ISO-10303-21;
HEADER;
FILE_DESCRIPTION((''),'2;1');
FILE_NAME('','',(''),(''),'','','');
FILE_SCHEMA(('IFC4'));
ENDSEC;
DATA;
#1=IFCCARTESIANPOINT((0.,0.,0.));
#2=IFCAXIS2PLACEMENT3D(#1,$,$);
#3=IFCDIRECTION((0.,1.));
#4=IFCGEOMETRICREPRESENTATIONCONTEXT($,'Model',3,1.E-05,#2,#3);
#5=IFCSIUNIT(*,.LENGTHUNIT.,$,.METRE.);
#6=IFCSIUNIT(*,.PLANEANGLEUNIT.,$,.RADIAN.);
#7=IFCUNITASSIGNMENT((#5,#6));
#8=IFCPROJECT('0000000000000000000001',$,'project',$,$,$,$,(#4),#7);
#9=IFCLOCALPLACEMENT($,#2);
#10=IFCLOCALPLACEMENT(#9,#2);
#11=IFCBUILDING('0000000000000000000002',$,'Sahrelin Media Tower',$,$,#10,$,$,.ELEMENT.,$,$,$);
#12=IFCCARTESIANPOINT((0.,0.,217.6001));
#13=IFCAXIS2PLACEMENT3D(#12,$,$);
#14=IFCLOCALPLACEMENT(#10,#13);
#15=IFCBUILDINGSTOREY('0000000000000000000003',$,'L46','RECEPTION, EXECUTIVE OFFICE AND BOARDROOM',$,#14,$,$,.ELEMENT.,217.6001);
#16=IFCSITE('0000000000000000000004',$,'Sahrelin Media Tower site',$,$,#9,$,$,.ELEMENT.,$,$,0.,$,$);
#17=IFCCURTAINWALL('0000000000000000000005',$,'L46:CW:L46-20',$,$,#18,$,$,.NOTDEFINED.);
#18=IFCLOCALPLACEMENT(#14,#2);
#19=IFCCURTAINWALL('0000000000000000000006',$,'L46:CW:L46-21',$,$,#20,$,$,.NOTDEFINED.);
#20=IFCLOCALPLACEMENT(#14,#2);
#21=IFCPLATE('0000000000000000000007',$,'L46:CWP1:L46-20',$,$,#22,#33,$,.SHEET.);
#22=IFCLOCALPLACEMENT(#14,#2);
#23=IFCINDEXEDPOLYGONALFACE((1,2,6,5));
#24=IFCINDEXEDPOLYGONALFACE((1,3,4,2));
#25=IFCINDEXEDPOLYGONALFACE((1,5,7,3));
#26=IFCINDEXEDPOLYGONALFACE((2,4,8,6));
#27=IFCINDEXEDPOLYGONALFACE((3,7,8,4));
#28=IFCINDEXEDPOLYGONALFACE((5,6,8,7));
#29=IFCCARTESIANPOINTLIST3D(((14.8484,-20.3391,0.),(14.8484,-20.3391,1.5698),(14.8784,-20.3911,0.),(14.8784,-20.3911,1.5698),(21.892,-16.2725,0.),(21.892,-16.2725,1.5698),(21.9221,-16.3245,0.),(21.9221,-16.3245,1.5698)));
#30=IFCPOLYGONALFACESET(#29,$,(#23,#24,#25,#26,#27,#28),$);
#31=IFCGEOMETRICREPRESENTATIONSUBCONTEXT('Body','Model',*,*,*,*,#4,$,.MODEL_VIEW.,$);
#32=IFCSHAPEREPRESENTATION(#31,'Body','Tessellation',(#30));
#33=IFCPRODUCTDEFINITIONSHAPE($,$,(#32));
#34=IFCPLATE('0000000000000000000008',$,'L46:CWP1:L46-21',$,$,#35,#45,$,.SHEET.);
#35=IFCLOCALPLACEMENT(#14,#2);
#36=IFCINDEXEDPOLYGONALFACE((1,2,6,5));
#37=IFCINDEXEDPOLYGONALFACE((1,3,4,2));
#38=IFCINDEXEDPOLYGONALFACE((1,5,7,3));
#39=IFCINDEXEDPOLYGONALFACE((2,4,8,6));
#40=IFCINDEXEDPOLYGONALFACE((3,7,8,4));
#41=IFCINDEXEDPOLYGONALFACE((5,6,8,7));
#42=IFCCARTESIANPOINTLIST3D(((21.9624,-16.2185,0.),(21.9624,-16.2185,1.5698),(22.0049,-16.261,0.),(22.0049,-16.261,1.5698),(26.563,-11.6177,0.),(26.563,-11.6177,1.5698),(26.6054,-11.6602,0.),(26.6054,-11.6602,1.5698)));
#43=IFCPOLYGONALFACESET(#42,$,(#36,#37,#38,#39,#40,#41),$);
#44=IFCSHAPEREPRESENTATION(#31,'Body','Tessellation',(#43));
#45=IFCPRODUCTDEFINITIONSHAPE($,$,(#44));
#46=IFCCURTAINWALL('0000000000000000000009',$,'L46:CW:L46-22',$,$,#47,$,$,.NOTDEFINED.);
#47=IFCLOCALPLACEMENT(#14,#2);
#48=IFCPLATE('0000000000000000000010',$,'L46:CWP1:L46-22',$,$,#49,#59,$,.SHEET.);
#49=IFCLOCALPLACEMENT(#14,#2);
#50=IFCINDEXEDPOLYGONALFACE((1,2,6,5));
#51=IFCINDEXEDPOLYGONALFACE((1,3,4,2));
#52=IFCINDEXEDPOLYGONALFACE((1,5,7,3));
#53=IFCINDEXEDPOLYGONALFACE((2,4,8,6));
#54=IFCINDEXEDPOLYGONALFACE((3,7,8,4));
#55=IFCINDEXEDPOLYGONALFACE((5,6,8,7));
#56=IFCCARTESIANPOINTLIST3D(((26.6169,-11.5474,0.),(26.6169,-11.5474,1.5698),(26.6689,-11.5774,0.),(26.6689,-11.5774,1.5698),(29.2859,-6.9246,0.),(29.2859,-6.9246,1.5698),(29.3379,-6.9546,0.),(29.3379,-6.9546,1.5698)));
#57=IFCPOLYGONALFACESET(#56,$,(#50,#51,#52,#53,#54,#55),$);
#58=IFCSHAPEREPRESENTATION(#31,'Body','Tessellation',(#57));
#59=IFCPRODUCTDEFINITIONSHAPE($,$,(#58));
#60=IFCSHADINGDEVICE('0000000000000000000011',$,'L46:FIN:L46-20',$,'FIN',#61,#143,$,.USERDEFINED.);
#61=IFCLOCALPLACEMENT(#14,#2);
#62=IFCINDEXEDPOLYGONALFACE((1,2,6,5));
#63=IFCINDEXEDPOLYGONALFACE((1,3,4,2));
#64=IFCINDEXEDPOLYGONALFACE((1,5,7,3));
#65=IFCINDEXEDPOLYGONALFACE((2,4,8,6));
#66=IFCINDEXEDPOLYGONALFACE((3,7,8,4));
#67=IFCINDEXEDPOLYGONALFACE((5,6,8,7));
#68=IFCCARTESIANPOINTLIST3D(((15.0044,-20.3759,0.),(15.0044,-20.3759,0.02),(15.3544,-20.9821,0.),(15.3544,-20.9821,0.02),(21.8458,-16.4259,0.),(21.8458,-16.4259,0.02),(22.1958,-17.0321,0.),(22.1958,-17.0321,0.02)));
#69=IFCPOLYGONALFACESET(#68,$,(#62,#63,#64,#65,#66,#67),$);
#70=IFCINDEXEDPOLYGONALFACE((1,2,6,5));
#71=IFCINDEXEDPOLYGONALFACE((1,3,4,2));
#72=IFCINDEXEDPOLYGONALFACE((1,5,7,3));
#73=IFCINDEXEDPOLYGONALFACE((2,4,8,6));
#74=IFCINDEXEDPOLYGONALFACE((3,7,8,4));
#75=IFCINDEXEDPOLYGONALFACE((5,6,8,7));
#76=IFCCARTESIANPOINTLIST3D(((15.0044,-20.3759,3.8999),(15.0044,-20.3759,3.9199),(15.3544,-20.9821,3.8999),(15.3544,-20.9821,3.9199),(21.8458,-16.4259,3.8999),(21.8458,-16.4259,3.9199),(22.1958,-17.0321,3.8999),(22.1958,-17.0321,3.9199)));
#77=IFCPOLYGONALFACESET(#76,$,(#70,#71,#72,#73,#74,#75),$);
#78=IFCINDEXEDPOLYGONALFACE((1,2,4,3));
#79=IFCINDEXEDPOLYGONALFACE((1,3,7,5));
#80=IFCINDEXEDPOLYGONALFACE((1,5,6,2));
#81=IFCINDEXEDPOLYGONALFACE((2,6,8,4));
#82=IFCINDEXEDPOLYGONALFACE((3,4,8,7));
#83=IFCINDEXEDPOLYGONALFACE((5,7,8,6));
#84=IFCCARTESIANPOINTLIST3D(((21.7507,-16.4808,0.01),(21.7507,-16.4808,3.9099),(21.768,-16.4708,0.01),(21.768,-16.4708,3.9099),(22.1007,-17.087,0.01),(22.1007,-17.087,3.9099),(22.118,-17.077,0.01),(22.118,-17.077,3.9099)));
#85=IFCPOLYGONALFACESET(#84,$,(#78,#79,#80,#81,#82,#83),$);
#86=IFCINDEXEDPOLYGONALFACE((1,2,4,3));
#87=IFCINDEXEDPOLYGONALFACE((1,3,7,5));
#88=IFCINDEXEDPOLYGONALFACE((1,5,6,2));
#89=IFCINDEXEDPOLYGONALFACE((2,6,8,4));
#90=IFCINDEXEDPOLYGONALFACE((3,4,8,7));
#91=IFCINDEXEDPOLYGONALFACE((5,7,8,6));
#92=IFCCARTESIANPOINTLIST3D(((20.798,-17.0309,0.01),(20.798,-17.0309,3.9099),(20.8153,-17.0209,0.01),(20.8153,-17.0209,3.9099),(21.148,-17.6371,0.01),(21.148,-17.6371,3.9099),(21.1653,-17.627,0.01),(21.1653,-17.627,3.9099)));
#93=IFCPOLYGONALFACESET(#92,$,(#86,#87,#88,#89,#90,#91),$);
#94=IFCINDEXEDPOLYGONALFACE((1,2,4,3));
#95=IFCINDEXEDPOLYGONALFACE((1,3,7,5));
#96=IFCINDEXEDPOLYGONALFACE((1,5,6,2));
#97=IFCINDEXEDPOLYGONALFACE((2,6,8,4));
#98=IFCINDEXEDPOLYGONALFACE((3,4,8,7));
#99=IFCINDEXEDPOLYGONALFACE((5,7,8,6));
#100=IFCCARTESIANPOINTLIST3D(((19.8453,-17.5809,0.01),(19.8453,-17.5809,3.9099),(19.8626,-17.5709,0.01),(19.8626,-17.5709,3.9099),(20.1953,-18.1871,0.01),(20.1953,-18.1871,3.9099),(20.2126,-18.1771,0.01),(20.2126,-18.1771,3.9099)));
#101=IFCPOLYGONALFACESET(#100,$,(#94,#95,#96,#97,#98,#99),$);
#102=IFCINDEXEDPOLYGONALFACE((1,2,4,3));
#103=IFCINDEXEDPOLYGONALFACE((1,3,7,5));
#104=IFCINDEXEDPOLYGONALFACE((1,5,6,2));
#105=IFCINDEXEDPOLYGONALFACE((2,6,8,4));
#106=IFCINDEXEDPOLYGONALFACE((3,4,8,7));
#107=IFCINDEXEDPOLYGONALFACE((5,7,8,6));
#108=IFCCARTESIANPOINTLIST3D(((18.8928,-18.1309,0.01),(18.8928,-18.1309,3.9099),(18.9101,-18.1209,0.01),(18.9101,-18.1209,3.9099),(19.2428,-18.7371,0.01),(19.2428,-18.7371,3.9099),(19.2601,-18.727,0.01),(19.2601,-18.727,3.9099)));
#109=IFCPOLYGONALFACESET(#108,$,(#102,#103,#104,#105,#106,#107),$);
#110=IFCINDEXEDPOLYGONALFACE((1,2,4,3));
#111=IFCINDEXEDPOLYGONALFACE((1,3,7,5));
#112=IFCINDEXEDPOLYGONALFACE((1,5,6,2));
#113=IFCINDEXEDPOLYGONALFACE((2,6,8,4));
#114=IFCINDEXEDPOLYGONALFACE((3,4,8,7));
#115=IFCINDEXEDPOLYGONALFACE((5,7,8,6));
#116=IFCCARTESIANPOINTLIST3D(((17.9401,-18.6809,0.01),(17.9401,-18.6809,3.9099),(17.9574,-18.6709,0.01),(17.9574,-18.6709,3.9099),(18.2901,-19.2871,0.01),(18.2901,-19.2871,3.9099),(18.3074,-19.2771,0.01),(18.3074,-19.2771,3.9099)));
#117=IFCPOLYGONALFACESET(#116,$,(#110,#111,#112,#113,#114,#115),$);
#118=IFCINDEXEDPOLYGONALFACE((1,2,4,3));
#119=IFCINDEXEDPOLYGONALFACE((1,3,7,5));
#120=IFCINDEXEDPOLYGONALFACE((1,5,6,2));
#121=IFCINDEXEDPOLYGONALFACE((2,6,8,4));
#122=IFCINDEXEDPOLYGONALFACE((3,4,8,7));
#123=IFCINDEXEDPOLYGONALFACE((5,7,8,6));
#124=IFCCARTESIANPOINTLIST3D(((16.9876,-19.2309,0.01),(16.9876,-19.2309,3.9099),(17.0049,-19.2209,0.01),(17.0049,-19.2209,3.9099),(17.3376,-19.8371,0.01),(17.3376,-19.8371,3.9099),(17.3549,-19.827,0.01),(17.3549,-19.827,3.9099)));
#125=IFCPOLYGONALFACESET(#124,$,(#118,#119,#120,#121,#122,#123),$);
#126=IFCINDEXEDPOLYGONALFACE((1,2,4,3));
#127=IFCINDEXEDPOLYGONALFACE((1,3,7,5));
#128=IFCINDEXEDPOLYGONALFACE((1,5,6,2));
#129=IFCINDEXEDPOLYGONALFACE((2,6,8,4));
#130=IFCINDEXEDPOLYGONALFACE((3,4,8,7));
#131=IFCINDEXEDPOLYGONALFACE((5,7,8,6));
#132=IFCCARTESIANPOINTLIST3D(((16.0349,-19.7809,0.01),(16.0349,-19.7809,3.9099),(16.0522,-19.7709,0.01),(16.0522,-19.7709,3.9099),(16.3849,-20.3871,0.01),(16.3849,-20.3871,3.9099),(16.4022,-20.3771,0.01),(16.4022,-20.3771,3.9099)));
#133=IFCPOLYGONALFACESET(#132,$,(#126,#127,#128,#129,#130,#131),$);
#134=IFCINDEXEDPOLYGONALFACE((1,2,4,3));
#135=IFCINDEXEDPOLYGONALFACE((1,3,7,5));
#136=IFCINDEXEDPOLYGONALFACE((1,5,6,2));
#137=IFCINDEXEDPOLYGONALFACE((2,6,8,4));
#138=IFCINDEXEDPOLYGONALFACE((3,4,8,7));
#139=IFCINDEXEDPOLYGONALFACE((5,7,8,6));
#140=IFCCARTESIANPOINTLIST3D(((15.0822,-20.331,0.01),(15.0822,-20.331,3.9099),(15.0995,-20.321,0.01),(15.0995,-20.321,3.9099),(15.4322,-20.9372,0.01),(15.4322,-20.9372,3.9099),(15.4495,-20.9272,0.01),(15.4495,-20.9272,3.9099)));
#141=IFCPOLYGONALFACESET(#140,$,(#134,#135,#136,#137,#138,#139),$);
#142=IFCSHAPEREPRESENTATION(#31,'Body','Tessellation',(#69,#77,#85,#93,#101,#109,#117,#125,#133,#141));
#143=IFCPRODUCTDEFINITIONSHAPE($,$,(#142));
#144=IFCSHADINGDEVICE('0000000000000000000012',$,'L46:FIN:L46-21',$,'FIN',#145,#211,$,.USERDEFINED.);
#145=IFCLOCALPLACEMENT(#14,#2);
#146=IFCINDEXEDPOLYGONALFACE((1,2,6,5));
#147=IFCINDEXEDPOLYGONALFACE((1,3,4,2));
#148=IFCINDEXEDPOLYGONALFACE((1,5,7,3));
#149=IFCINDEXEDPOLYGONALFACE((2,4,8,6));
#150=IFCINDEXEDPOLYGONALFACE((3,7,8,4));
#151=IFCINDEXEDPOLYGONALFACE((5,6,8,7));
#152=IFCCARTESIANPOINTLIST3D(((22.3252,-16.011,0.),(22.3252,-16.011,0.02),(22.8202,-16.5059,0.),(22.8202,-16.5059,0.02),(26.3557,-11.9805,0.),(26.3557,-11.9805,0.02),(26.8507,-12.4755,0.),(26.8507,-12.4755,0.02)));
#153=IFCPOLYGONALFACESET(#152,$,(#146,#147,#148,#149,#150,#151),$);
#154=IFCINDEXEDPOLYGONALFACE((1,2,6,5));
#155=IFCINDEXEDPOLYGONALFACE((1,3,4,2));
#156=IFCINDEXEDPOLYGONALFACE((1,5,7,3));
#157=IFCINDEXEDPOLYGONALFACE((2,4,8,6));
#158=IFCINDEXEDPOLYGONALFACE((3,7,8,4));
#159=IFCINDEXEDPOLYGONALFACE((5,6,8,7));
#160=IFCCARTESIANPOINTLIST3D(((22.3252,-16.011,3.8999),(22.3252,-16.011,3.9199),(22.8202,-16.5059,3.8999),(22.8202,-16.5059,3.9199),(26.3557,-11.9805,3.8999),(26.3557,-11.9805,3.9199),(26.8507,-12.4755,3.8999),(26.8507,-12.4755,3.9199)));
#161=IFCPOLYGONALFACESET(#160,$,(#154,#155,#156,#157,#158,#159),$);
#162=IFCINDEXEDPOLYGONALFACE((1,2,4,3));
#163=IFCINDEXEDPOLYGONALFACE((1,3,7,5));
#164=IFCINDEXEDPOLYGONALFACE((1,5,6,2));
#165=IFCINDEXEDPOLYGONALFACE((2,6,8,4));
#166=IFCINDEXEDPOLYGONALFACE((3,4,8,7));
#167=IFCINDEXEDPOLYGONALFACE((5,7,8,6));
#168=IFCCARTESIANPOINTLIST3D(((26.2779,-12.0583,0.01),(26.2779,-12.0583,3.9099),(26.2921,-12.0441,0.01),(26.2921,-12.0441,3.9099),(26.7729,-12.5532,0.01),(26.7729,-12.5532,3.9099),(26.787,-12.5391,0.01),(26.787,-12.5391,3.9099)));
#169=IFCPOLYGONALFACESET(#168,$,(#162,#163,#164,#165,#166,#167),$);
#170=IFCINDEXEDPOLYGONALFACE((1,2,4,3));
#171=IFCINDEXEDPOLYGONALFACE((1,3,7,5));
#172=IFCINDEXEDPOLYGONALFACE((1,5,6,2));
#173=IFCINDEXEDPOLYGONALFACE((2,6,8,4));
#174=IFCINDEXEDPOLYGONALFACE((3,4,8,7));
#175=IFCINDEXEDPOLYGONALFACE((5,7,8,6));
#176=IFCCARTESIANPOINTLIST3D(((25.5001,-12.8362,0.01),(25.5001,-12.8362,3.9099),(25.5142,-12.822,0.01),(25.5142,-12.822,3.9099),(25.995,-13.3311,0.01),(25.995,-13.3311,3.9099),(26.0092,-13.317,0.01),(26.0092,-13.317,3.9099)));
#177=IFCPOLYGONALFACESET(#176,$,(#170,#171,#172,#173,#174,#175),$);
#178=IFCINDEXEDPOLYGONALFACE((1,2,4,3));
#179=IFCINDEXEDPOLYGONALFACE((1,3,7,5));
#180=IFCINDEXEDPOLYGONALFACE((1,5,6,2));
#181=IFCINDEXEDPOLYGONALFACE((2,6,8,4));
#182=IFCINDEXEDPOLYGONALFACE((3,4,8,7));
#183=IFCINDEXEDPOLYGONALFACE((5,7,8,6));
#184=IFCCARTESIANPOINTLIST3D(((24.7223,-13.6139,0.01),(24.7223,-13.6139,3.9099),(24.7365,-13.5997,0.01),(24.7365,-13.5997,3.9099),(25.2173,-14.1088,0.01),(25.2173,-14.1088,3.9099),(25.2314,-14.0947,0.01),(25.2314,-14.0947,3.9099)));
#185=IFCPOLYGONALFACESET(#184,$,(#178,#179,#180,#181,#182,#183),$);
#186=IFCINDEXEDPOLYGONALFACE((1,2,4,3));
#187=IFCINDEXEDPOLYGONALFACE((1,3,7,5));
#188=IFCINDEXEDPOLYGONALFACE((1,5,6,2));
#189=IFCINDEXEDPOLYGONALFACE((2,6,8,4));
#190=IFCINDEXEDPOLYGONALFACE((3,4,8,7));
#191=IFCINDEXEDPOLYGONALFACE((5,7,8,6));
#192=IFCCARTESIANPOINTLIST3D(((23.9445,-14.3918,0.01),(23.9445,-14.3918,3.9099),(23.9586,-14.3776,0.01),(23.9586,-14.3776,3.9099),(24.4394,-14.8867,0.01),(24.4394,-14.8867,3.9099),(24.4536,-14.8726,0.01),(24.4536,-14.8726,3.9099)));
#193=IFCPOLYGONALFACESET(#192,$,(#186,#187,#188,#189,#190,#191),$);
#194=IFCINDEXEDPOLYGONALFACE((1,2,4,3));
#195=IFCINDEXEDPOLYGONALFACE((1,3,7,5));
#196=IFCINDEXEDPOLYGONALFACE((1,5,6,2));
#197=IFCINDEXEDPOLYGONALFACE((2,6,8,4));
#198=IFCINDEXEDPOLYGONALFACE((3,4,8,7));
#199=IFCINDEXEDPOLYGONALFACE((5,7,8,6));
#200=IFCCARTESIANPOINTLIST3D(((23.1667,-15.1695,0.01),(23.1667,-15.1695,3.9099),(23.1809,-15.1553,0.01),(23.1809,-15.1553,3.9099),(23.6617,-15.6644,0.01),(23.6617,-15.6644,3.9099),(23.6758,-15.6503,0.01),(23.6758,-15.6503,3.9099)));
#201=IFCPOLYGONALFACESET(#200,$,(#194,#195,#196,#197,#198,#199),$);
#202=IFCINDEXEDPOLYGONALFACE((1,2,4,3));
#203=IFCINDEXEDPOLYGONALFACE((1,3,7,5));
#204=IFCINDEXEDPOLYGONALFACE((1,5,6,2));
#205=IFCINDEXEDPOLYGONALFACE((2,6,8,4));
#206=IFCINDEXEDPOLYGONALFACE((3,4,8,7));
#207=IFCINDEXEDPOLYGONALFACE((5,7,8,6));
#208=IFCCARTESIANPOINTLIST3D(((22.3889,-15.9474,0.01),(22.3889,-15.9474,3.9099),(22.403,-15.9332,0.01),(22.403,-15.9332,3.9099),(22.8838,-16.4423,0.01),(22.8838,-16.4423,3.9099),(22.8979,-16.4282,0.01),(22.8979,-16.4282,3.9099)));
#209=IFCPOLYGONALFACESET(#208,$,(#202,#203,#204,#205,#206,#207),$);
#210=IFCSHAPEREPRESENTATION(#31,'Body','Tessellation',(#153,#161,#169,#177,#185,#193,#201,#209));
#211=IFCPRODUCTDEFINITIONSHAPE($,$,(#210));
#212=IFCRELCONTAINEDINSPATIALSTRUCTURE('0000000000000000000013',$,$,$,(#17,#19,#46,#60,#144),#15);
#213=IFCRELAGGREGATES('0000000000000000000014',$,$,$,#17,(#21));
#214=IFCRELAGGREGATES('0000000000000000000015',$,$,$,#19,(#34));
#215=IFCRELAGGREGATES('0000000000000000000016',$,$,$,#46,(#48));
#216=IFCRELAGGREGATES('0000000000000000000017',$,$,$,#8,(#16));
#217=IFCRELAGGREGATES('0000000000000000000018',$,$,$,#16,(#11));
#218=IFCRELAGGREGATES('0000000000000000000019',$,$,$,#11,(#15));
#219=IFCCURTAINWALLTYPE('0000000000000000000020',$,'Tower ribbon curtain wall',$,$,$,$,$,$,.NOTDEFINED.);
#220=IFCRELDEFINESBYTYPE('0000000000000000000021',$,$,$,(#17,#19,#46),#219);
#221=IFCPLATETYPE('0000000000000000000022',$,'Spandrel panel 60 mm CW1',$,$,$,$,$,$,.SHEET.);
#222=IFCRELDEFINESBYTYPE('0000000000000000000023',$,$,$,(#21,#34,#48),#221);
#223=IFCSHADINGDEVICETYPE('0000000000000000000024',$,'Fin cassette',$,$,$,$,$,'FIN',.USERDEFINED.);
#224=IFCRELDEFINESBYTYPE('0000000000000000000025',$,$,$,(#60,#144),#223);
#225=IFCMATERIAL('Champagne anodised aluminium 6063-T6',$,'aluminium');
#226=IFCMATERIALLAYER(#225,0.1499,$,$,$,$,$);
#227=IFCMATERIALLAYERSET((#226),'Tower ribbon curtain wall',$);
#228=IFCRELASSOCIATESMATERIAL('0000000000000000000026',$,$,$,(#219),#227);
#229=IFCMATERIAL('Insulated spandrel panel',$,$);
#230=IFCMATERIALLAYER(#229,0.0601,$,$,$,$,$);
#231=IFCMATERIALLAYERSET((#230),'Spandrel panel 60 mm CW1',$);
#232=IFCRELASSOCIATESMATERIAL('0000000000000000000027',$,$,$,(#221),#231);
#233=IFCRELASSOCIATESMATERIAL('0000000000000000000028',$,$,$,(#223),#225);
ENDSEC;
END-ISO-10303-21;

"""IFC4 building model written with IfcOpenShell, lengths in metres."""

from ifc_helpers import new_model, si_unit, direction, frame, origin, origin_2d, place, context, subcontext, project, spatial, polyline, rectangle, outline, extrude, material, layer, layer_set, type_object, element, aggregate, save


model = new_model("IFC4")

# Units and contexts
model_context = context("Model", 3, precision=1e-05, world=origin(), true_north=direction((0.0, 1.0)))
body_context = subcontext(model_context, "Body", "Model", "MODEL_VIEW")
ifc_project = project(units=[si_unit("LENGTHUNIT", "METRE"), si_unit("PLANEANGLEUNIT", "RADIAN")], contexts=[model_context])

# Site, building, storey
site_placement = place(None, origin())
site = spatial("IfcSite", under=ifc_project, at=site_placement, Name="Sahrelin Media Tower site", CompositionType="ELEMENT", RefElevation=0.0)
building_placement = place(site_placement, origin())
building = spatial("IfcBuilding", under=site, at=building_placement, Name="Sahrelin Media Tower", CompositionType="ELEMENT")
storey_placement = place(building_placement, frame((0.0, 0.0, 217.6001)))
storey = spatial("IfcBuildingStorey", under=building, at=storey_placement, Name="L46", Description="RECEPTION, EXECUTIVE OFFICE AND BOARDROOM", CompositionType="ELEMENT", Elevation=217.6001)

# Curtain walls
ifc_material_1 = material(Name="Champagne anodised aluminium 6063-T6", Category="aluminium")
ifc_layer_1 = layer(ifc_material_1, 0.1499)
ifc_layer_set_1 = layer_set([ifc_layer_1], Name="Tower ribbon curtain wall")
curtain_wall_type = type_object("IfcCurtainWallType", Name="Tower ribbon curtain wall", PredefinedType="NOTDEFINED", material=ifc_layer_set_1)
curtain_wall_1_placement = place(storey_placement, frame((18.3901, -18.3403, 0.0), z_axis=(0.0, 0.0, 1.0), x_axis=(1.0, 0.0, 0.0)))
curtain_wall_1 = element("IfcCurtainWall", 1, at=curtain_wall_1_placement, inside=storey, type_object=curtain_wall_type, Name="L46:CW:L46-20", PredefinedType="NOTDEFINED")
curtain_wall_2_placement = place(storey_placement, frame((24.291, -13.9463, 0.0), z_axis=(0.0, 0.0, 1.0), x_axis=(1.0, 0.0, 0.0)))
curtain_wall_2 = element("IfcCurtainWall", 2, at=curtain_wall_2_placement, inside=storey, type_object=curtain_wall_type, Name="L46:CW:L46-21", PredefinedType="NOTDEFINED")

# Plates
ifc_material_2 = material(Name="Insulated spandrel panel")
ifc_layer_2 = layer(ifc_material_2, 0.0601)
ifc_layer_set_2 = layer_set([ifc_layer_2], Name="Spandrel panel 60 mm CW1")
plate_type_1 = type_object("IfcPlateType", Name="Spandrel panel 60 mm CW1", PredefinedType="SHEET", material=ifc_layer_set_2)
plate_1_placement = place(storey_placement, frame((14.8784, -20.3911, 0.0), z_axis=(0.499997, -0.866027, 0.0), x_axis=(0.866027, 0.499997, 0.0)))
plate_1 = element("IfcPlate", 3, at=plate_1_placement, type_object=plate_type_1, Name="L46:CWP1:L46-20", PredefinedType="SHEET", context=body_context, shape_type="SweptSolid", body=[
    extrude(outline(polyline([(0.0, 0.0), (8.1333, 0.0), (8.1333, 1.5698), (0.0, 1.5698), (0.0, 0.0)])), origin(), (0.0, 0.0, -1.0), 0.0601),
])
aggregate(curtain_wall_1, [plate_1])
plate_2_placement = place(storey_placement, frame((22.0049, -16.261, 0.0), z_axis=(0.707126, -0.707088, 0.0), x_axis=(0.707088, 0.707126, 0.0)))
plate_2 = element("IfcPlate", 4, at=plate_2_placement, type_object=plate_type_1, Name="L46:CWP1:L46-21", PredefinedType="SHEET", context=body_context, shape_type="SweptSolid", body=[
    extrude(outline(polyline([(0.0, 0.0), (6.5063, 0.0), (6.5063, 1.5698), (0.0, 1.5698), (0.0, 0.0)])), origin(), (0.0, 0.0, -1.0), 0.0601),
])
aggregate(curtain_wall_2, [plate_2])

# Curtain wall, plate
curtain_wall_3_placement = place(storey_placement, frame((27.9861, -9.2561, 0.0), z_axis=(0.0, 0.0, 1.0), x_axis=(1.0, 0.0, 0.0)))
curtain_wall_3 = element("IfcCurtainWall", 5, at=curtain_wall_3_placement, inside=storey, type_object=curtain_wall_type, Name="L46:CW:L46-22", PredefinedType="NOTDEFINED")
plate_3_placement = place(storey_placement, frame((26.6689, -11.5774, 0.0), z_axis=(0.866028, -0.499996, 0.0), x_axis=(0.499996, 0.866028, 0.0)))
plate_3 = element("IfcPlate", 6, at=plate_3_placement, type_object=plate_type_1, Name="L46:CWP1:L46-22", PredefinedType="SHEET", context=body_context, shape_type="SweptSolid", body=[
    extrude(outline(polyline([(0.0, 0.0), (5.3379, 0.0), (5.3379, 1.5698), (0.0, 1.5698), (0.0, 0.0)])), origin(), (0.0, 0.0, -1.0), 0.0601),
])
aggregate(curtain_wall_3, [plate_3])

# Shading devices
shading_device_type_1 = type_object("IfcShadingDeviceType", Name="Fin cassette", ElementType="FIN", PredefinedType="USERDEFINED", material=ifc_material_1)
placement_1 = place(storey_placement, frame((18.3901, -18.3403, 0.0), z_axis=(0.0, 0.0, 1.0), x_axis=(-0.866019, -0.500011, 0.0)))
element("IfcShadingDevice", 7, at=placement_1, inside=storey, type_object=shading_device_type_1, Name="L46:FIN:L46-20", ObjectType="FIN", PredefinedType="USERDEFINED", context=body_context, shape_type="SweptSolid", body=[
    extrude(rectangle(XDim=7.8999, YDim=0.7, at=origin_2d()), frame((0.0, 0.4199, 0.0)), (0.0, 0.0, 1.0), 0.02),
    extrude(rectangle(XDim=7.8999, YDim=0.7, at=origin_2d()), frame((0.0, 0.4199, 3.8999)), (0.0, 0.0, 1.0), 0.02),
    extrude(rectangle(XDim=0.02, YDim=0.7, at=origin_2d()), frame((-3.8501, 0.4199, 0.01), z_axis=(0.0, 0.0, 1.0), x_axis=(1.0, 0.0, 0.0)), (0.0, 0.0, 1.0), 3.8999),
    extrude(rectangle(XDim=0.02, YDim=0.7, at=origin_2d()), frame((-2.75, 0.4199, 0.01), z_axis=(0.0, 0.0, 1.0), x_axis=(1.0, 0.0, 0.0)), (0.0, 0.0, 1.0), 3.8999),
    extrude(rectangle(XDim=0.02, YDim=0.7, at=origin_2d()), frame((-1.6499, 0.4199, 0.01), z_axis=(0.0, 0.0, 1.0), x_axis=(1.0, 0.0, 0.0)), (0.0, 0.0, 1.0), 3.8999),
    extrude(rectangle(XDim=0.02, YDim=0.7, at=origin_2d()), frame((-0.55, 0.4199, 0.01), z_axis=(0.0, 0.0, 1.0), x_axis=(1.0, 0.0, 0.0)), (0.0, 0.0, 1.0), 3.8999),
    extrude(rectangle(XDim=0.02, YDim=0.7, at=origin_2d()), frame((0.55, 0.4199, 0.01), z_axis=(0.0, 0.0, 1.0), x_axis=(1.0, 0.0, 0.0)), (0.0, 0.0, 1.0), 3.8999),
    extrude(rectangle(XDim=0.02, YDim=0.7, at=origin_2d()), frame((1.6499, 0.4199, 0.01), z_axis=(0.0, 0.0, 1.0), x_axis=(1.0, 0.0, 0.0)), (0.0, 0.0, 1.0), 3.8999),
    extrude(rectangle(XDim=0.02, YDim=0.7, at=origin_2d()), frame((2.75, 0.4199, 0.01), z_axis=(0.0, 0.0, 1.0), x_axis=(1.0, 0.0, 0.0)), (0.0, 0.0, 1.0), 3.8999),
    extrude(rectangle(XDim=0.02, YDim=0.7, at=origin_2d()), frame((3.8501, 0.4199, 0.01), z_axis=(0.0, 0.0, 1.0), x_axis=(1.0, 0.0, 0.0)), (0.0, 0.0, 1.0), 3.8999),
])
placement_2 = place(storey_placement, frame((24.291, -13.9463, 0.0), z_axis=(0.0, 0.0, 1.0), x_axis=(-0.707107, -0.707107, 0.0)))
element("IfcShadingDevice", 8, at=placement_2, inside=storey, type_object=shading_device_type_1, Name="L46:FIN:L46-21", ObjectType="FIN", PredefinedType="USERDEFINED", context=body_context, shape_type="SweptSolid", body=[
    extrude(rectangle(XDim=5.7, YDim=0.7, at=origin_2d()), frame((0.0, 0.4199, 0.0)), (0.0, 0.0, 1.0), 0.02),
    extrude(rectangle(XDim=5.7, YDim=0.7, at=origin_2d()), frame((0.0, 0.4199, 3.8999)), (0.0, 0.0, 1.0), 0.02),
    extrude(rectangle(XDim=0.02, YDim=0.7, at=origin_2d()), frame((-2.75, 0.4199, 0.01), z_axis=(0.0, 0.0, 1.0), x_axis=(1.0, 0.0, 0.0)), (0.0, 0.0, 1.0), 3.8999),
    extrude(rectangle(XDim=0.02, YDim=0.7, at=origin_2d()), frame((-1.6499, 0.4199, 0.01), z_axis=(0.0, 0.0, 1.0), x_axis=(1.0, 0.0, 0.0)), (0.0, 0.0, 1.0), 3.8999),
    extrude(rectangle(XDim=0.02, YDim=0.7, at=origin_2d()), frame((-0.55, 0.4199, 0.01), z_axis=(0.0, 0.0, 1.0), x_axis=(1.0, 0.0, 0.0)), (0.0, 0.0, 1.0), 3.8999),
    extrude(rectangle(XDim=0.02, YDim=0.7, at=origin_2d()), frame((0.55, 0.4199, 0.01), z_axis=(0.0, 0.0, 1.0), x_axis=(1.0, 0.0, 0.0)), (0.0, 0.0, 1.0), 3.8999),
    extrude(rectangle(XDim=0.02, YDim=0.7, at=origin_2d()), frame((1.6499, 0.4199, 0.01), z_axis=(0.0, 0.0, 1.0), x_axis=(1.0, 0.0, 0.0)), (0.0, 0.0, 1.0), 3.8999),
    extrude(rectangle(XDim=0.02, YDim=0.7, at=origin_2d()), frame((2.75, 0.4199, 0.01), z_axis=(0.0, 0.0, 1.0), x_axis=(1.0, 0.0, 0.0)), (0.0, 0.0, 1.0), 3.8999),
])

save(model, "model.ifc")
